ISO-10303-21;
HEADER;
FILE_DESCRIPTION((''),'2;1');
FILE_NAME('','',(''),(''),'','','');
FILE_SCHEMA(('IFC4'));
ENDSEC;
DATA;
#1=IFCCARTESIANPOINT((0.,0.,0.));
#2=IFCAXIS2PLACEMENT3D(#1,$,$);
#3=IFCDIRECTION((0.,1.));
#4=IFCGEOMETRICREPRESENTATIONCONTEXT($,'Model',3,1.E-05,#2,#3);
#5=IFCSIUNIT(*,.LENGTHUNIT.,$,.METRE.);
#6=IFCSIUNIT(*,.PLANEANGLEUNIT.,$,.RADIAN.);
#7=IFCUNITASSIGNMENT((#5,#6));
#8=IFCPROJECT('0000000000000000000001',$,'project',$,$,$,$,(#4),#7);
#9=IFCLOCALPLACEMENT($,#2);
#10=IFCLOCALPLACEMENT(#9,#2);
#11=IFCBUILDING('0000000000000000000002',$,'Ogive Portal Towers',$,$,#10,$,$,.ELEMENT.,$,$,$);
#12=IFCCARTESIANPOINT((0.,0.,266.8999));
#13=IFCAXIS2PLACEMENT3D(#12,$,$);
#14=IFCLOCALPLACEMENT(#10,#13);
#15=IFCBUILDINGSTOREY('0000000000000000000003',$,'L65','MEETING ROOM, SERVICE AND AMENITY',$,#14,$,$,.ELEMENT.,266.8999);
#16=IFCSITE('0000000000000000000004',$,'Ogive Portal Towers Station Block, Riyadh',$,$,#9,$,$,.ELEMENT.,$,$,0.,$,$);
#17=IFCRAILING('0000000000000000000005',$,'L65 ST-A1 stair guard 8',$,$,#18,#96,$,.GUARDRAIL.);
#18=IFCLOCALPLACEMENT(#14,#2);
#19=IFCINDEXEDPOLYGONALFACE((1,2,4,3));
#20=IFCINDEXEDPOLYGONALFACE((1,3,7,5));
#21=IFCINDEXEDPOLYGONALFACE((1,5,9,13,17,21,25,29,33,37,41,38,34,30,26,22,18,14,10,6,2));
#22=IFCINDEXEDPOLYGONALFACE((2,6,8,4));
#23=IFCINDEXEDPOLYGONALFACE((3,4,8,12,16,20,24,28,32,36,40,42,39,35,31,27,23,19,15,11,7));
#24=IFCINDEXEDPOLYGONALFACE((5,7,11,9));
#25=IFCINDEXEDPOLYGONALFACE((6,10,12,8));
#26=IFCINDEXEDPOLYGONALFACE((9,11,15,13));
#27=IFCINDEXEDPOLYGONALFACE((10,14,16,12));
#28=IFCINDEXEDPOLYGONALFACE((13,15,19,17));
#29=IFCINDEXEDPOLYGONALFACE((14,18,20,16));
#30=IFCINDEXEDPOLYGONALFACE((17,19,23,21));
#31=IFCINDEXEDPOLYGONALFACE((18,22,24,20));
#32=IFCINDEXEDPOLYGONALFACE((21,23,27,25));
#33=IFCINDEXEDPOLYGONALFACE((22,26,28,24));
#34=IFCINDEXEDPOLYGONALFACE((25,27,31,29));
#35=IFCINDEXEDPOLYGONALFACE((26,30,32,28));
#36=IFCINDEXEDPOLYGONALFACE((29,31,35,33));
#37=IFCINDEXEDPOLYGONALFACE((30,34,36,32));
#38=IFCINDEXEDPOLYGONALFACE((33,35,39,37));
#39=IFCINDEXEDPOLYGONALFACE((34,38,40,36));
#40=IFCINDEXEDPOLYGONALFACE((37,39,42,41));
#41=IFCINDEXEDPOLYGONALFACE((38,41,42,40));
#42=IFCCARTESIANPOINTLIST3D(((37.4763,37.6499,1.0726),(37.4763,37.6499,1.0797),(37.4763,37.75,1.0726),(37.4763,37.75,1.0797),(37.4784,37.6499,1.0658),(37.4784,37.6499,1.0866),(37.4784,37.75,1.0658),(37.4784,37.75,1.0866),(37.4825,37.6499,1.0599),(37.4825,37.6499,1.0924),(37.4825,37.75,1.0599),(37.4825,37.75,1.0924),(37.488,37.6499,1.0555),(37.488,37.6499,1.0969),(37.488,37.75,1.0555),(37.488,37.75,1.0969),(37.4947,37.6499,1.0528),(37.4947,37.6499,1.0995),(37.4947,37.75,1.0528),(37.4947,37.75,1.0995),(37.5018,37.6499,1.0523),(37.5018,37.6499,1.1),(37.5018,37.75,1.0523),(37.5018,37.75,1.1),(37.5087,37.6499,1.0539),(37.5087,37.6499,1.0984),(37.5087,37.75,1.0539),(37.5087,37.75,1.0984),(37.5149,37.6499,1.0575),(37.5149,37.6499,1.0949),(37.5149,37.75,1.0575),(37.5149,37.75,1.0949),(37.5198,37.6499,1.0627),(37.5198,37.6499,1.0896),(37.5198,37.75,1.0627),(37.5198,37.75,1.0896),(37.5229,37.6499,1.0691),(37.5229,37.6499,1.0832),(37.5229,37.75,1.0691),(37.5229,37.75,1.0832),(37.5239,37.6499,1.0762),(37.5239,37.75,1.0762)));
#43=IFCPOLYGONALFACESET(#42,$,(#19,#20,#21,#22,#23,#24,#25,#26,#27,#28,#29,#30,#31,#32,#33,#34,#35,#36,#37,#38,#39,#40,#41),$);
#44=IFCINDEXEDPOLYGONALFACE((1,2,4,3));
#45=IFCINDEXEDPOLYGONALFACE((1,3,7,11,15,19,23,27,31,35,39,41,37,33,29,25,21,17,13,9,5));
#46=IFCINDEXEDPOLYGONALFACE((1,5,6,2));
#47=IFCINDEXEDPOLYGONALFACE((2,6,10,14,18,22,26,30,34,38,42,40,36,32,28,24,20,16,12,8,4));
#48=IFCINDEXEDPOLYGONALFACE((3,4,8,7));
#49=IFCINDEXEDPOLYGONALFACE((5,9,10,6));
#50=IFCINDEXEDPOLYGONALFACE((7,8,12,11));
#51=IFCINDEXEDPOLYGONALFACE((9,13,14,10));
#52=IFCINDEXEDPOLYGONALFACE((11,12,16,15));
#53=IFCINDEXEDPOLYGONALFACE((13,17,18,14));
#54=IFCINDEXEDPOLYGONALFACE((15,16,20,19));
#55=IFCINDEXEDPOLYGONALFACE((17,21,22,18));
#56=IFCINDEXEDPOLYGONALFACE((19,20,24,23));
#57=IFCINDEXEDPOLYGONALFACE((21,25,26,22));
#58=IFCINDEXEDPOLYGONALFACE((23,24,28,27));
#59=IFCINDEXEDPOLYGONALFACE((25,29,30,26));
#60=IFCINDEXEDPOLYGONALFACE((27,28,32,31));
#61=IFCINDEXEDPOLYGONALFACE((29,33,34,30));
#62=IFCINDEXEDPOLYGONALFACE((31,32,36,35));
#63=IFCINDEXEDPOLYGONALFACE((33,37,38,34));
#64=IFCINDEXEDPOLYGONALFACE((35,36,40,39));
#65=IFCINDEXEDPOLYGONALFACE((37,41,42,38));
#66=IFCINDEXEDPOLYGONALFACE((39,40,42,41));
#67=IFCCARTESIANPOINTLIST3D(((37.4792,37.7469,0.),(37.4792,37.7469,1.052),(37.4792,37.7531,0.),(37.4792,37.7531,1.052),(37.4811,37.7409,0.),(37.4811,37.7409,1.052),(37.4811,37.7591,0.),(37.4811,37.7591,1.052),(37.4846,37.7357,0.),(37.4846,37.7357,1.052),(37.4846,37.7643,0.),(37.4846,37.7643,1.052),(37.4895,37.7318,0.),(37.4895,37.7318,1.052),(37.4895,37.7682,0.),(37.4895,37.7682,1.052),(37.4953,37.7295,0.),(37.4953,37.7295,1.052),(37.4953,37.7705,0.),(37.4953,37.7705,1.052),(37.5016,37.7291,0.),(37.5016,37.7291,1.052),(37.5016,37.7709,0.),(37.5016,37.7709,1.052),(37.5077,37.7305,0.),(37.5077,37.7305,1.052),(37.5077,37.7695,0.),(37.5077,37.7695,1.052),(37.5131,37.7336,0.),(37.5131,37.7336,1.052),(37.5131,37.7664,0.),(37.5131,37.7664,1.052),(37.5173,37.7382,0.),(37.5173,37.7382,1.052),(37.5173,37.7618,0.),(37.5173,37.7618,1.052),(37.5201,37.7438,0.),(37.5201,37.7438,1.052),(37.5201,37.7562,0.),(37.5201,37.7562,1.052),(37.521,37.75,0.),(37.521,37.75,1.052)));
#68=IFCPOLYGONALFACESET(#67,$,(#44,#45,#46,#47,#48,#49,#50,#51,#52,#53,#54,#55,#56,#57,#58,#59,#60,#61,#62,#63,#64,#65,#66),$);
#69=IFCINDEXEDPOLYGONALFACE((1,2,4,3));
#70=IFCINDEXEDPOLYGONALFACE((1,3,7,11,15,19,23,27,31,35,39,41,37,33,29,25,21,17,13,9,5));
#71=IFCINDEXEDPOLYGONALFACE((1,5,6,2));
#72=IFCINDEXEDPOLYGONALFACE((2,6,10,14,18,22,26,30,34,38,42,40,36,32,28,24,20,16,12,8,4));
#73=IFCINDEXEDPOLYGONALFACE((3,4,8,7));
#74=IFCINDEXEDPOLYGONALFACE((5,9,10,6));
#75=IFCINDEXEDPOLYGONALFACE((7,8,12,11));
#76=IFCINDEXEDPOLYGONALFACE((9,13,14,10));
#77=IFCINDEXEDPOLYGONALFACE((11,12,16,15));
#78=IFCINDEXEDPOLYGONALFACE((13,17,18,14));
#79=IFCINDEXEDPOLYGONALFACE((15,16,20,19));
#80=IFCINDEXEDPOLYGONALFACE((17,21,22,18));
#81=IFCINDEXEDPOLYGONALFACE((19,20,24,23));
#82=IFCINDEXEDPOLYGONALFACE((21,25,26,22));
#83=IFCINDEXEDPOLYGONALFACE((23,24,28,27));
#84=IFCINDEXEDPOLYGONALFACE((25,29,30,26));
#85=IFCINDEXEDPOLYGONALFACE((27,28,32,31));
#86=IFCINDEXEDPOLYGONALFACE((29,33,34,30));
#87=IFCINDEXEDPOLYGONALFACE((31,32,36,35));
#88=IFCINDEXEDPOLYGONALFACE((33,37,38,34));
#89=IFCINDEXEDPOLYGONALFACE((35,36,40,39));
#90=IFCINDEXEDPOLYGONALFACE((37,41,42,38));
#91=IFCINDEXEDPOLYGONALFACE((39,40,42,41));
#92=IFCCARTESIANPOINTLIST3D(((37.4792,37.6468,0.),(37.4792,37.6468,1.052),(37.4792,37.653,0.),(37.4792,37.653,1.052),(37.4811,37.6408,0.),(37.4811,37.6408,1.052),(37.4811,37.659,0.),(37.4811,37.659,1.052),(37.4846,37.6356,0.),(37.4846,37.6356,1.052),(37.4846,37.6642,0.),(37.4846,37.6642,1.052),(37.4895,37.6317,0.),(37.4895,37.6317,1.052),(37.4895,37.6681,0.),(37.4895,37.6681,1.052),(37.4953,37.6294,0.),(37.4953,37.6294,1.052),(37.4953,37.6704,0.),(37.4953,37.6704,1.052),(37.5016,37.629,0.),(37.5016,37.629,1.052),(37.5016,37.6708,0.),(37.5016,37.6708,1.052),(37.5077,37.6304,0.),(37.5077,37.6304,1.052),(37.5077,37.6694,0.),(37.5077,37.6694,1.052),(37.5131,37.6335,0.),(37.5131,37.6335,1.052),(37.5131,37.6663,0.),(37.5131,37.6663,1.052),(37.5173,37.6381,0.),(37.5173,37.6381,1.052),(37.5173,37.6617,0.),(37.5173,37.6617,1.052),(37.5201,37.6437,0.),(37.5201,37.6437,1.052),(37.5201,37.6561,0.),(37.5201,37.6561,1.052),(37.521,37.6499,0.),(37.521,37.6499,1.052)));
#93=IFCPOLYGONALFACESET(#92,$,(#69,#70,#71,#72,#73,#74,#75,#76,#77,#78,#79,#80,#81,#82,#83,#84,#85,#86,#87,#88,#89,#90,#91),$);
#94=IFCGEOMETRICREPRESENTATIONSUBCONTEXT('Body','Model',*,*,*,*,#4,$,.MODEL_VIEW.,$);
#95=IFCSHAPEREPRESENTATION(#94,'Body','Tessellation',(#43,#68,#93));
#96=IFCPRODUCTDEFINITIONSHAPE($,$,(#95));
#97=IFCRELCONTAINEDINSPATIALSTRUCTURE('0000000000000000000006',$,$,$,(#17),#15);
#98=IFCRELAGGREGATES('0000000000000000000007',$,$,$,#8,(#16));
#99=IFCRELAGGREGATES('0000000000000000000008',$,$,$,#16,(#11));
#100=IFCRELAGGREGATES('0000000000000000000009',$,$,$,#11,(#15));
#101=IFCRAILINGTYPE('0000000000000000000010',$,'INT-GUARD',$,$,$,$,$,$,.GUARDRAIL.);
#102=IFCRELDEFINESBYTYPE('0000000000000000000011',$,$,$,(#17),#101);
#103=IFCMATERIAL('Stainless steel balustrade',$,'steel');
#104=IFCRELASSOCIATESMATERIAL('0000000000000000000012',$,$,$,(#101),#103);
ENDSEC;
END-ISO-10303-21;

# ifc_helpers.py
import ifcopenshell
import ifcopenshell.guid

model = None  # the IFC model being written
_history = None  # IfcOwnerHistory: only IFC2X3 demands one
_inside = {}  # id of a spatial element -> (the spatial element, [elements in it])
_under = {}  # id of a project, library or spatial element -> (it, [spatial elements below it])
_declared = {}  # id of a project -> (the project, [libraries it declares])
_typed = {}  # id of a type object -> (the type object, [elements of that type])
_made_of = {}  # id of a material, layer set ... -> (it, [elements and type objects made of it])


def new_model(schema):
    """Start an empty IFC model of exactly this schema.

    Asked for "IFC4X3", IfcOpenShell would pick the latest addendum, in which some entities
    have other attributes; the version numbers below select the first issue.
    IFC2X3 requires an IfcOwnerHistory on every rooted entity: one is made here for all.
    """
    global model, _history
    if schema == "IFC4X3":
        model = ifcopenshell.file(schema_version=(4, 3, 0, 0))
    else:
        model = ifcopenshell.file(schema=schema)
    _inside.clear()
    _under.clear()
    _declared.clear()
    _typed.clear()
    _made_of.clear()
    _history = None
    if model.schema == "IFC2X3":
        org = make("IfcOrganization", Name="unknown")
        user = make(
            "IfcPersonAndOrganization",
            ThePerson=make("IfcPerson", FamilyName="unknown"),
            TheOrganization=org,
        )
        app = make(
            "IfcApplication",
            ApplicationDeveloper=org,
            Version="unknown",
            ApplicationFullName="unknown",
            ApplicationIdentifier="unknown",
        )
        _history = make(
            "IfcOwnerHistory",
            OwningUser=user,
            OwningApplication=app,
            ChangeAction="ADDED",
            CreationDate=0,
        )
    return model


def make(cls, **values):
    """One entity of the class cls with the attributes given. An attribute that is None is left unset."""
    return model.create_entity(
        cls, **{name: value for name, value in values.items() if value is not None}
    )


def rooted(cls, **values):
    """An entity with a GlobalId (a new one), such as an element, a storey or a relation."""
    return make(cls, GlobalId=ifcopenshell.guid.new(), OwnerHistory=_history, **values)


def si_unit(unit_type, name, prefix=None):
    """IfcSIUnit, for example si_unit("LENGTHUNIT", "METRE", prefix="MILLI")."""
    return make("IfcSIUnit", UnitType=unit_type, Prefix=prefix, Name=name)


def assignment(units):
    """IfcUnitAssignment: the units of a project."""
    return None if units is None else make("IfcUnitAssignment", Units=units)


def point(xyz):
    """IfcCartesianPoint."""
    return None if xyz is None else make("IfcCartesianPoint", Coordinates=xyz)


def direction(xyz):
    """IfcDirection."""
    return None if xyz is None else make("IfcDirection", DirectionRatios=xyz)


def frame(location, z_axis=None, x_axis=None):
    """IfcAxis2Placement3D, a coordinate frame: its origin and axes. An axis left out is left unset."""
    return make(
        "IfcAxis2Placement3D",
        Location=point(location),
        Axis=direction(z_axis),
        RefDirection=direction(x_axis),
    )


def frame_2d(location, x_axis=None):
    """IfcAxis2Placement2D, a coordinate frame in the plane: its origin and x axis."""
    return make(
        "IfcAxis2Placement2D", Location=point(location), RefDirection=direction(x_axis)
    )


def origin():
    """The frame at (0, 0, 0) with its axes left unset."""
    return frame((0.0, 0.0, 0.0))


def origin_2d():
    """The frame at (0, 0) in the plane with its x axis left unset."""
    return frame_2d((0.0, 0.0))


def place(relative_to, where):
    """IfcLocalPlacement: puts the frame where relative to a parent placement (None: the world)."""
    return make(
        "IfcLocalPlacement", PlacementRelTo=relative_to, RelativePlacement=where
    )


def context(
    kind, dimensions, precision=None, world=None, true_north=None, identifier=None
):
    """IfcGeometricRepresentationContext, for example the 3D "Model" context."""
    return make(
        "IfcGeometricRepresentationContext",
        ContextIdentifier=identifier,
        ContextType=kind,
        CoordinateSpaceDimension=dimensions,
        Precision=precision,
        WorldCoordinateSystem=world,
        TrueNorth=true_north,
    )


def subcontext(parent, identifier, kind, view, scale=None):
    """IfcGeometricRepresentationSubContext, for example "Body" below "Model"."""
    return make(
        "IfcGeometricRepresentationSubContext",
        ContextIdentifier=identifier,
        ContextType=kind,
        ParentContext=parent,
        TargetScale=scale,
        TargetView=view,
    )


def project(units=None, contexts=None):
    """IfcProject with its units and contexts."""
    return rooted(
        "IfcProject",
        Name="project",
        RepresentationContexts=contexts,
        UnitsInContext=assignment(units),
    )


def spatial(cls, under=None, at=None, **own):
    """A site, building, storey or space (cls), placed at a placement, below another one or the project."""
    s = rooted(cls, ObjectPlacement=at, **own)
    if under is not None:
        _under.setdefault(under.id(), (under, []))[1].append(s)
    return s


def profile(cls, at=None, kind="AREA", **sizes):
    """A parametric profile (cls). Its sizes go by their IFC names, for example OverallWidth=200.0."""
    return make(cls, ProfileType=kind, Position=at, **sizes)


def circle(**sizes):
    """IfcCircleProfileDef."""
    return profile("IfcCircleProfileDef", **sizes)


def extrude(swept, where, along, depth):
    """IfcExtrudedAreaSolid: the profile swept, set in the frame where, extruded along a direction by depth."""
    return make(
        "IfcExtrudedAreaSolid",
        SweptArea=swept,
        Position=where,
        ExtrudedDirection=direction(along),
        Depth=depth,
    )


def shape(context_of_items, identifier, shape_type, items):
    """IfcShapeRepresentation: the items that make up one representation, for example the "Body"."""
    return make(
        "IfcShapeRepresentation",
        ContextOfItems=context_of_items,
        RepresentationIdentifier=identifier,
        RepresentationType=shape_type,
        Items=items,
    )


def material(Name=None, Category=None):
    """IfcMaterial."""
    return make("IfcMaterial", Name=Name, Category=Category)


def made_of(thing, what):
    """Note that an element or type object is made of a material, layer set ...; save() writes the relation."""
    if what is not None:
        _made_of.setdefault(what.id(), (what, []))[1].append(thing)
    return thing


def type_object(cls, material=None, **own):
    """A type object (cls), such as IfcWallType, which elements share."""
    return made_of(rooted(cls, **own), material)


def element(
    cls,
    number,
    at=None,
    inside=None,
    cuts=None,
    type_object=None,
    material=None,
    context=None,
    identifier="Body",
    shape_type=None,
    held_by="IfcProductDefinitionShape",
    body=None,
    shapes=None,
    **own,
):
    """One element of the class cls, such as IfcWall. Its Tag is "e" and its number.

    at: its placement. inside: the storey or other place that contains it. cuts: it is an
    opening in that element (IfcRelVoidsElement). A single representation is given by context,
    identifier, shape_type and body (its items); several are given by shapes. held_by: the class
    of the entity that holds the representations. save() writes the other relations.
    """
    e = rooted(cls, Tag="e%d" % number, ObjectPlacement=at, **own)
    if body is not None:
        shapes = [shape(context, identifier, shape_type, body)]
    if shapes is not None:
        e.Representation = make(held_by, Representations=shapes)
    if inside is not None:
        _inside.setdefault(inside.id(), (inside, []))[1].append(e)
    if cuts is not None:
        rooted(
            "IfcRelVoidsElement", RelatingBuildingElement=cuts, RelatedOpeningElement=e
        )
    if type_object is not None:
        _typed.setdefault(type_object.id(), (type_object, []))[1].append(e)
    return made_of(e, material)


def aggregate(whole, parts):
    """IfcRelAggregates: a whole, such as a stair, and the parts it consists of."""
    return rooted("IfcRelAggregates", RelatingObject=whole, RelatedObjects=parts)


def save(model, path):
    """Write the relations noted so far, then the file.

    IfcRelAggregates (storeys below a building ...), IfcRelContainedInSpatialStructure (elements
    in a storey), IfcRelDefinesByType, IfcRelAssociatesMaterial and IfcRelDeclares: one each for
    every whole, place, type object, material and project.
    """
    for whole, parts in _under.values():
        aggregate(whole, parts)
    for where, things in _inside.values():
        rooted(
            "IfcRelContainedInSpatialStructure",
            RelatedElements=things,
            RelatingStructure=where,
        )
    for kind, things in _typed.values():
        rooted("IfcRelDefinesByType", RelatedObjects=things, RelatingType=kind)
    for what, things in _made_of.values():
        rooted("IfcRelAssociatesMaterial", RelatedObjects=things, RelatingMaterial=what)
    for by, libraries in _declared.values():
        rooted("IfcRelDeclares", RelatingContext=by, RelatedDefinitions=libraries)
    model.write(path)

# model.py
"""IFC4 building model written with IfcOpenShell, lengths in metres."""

from ifc_helpers import new_model, si_unit, direction, frame, origin, origin_2d, place, context, subcontext, project, spatial, circle, extrude, material, type_object, element, save


model = new_model("IFC4")

# Units and contexts
model_context = context("Model", 3, precision=1e-05, world=origin(), true_north=direction((0.0, 1.0)))
body_context = subcontext(model_context, "Body", "Model", "MODEL_VIEW")
ifc_project = project(units=[si_unit("LENGTHUNIT", "METRE"), si_unit("PLANEANGLEUNIT", "RADIAN")], contexts=[model_context])

# Site, building, storey
site_placement = place(None, origin())
site = spatial("IfcSite", under=ifc_project, at=site_placement, Name="Ogive Portal Towers Station Block, Riyadh", CompositionType="ELEMENT", RefElevation=0.0)
building_placement = place(site_placement, origin())
building = spatial("IfcBuilding", under=site, at=building_placement, Name="Ogive Portal Towers", CompositionType="ELEMENT")
storey_placement = place(building_placement, frame((0.0, 0.0, 266.8999)))
storey = spatial("IfcBuildingStorey", under=building, at=storey_placement, Name="L65", Description="MEETING ROOM, SERVICE AND AMENITY", CompositionType="ELEMENT", Elevation=266.8999)

# Railing
ifc_material_1 = material(Name="Stainless steel balustrade", Category="steel")
railing_type_1 = type_object("IfcRailingType", Name="INT-GUARD", PredefinedType="GUARDRAIL", material=ifc_material_1)
railing_1_placement = place(storey_placement, frame((37.5, 37.75, 0.0)))
element("IfcRailing", 1, at=railing_1_placement, inside=storey, type_object=railing_type_1, Name="L65 ST-A1 stair guard 8", PredefinedType="GUARDRAIL", context=body_context, shape_type="SweptSolid", body=[
    extrude(circle(Radius=0.0239, at=origin_2d()), frame((0.0, 0.0, 1.0762), z_axis=(0.0, -1.0, 0.0), x_axis=(1.0, 0.0, 0.0)), (0.0, 0.0, 1.0), 0.1001),
    extrude(circle(Radius=0.021, at=origin_2d()), origin(), (0.0, 0.0, 1.0), 1.052),
    extrude(circle(Radius=0.021, at=origin_2d()), frame((0.0, -0.1001, 0.0)), (0.0, 0.0, 1.0), 1.052),
])

save(model, "model.ifc")
